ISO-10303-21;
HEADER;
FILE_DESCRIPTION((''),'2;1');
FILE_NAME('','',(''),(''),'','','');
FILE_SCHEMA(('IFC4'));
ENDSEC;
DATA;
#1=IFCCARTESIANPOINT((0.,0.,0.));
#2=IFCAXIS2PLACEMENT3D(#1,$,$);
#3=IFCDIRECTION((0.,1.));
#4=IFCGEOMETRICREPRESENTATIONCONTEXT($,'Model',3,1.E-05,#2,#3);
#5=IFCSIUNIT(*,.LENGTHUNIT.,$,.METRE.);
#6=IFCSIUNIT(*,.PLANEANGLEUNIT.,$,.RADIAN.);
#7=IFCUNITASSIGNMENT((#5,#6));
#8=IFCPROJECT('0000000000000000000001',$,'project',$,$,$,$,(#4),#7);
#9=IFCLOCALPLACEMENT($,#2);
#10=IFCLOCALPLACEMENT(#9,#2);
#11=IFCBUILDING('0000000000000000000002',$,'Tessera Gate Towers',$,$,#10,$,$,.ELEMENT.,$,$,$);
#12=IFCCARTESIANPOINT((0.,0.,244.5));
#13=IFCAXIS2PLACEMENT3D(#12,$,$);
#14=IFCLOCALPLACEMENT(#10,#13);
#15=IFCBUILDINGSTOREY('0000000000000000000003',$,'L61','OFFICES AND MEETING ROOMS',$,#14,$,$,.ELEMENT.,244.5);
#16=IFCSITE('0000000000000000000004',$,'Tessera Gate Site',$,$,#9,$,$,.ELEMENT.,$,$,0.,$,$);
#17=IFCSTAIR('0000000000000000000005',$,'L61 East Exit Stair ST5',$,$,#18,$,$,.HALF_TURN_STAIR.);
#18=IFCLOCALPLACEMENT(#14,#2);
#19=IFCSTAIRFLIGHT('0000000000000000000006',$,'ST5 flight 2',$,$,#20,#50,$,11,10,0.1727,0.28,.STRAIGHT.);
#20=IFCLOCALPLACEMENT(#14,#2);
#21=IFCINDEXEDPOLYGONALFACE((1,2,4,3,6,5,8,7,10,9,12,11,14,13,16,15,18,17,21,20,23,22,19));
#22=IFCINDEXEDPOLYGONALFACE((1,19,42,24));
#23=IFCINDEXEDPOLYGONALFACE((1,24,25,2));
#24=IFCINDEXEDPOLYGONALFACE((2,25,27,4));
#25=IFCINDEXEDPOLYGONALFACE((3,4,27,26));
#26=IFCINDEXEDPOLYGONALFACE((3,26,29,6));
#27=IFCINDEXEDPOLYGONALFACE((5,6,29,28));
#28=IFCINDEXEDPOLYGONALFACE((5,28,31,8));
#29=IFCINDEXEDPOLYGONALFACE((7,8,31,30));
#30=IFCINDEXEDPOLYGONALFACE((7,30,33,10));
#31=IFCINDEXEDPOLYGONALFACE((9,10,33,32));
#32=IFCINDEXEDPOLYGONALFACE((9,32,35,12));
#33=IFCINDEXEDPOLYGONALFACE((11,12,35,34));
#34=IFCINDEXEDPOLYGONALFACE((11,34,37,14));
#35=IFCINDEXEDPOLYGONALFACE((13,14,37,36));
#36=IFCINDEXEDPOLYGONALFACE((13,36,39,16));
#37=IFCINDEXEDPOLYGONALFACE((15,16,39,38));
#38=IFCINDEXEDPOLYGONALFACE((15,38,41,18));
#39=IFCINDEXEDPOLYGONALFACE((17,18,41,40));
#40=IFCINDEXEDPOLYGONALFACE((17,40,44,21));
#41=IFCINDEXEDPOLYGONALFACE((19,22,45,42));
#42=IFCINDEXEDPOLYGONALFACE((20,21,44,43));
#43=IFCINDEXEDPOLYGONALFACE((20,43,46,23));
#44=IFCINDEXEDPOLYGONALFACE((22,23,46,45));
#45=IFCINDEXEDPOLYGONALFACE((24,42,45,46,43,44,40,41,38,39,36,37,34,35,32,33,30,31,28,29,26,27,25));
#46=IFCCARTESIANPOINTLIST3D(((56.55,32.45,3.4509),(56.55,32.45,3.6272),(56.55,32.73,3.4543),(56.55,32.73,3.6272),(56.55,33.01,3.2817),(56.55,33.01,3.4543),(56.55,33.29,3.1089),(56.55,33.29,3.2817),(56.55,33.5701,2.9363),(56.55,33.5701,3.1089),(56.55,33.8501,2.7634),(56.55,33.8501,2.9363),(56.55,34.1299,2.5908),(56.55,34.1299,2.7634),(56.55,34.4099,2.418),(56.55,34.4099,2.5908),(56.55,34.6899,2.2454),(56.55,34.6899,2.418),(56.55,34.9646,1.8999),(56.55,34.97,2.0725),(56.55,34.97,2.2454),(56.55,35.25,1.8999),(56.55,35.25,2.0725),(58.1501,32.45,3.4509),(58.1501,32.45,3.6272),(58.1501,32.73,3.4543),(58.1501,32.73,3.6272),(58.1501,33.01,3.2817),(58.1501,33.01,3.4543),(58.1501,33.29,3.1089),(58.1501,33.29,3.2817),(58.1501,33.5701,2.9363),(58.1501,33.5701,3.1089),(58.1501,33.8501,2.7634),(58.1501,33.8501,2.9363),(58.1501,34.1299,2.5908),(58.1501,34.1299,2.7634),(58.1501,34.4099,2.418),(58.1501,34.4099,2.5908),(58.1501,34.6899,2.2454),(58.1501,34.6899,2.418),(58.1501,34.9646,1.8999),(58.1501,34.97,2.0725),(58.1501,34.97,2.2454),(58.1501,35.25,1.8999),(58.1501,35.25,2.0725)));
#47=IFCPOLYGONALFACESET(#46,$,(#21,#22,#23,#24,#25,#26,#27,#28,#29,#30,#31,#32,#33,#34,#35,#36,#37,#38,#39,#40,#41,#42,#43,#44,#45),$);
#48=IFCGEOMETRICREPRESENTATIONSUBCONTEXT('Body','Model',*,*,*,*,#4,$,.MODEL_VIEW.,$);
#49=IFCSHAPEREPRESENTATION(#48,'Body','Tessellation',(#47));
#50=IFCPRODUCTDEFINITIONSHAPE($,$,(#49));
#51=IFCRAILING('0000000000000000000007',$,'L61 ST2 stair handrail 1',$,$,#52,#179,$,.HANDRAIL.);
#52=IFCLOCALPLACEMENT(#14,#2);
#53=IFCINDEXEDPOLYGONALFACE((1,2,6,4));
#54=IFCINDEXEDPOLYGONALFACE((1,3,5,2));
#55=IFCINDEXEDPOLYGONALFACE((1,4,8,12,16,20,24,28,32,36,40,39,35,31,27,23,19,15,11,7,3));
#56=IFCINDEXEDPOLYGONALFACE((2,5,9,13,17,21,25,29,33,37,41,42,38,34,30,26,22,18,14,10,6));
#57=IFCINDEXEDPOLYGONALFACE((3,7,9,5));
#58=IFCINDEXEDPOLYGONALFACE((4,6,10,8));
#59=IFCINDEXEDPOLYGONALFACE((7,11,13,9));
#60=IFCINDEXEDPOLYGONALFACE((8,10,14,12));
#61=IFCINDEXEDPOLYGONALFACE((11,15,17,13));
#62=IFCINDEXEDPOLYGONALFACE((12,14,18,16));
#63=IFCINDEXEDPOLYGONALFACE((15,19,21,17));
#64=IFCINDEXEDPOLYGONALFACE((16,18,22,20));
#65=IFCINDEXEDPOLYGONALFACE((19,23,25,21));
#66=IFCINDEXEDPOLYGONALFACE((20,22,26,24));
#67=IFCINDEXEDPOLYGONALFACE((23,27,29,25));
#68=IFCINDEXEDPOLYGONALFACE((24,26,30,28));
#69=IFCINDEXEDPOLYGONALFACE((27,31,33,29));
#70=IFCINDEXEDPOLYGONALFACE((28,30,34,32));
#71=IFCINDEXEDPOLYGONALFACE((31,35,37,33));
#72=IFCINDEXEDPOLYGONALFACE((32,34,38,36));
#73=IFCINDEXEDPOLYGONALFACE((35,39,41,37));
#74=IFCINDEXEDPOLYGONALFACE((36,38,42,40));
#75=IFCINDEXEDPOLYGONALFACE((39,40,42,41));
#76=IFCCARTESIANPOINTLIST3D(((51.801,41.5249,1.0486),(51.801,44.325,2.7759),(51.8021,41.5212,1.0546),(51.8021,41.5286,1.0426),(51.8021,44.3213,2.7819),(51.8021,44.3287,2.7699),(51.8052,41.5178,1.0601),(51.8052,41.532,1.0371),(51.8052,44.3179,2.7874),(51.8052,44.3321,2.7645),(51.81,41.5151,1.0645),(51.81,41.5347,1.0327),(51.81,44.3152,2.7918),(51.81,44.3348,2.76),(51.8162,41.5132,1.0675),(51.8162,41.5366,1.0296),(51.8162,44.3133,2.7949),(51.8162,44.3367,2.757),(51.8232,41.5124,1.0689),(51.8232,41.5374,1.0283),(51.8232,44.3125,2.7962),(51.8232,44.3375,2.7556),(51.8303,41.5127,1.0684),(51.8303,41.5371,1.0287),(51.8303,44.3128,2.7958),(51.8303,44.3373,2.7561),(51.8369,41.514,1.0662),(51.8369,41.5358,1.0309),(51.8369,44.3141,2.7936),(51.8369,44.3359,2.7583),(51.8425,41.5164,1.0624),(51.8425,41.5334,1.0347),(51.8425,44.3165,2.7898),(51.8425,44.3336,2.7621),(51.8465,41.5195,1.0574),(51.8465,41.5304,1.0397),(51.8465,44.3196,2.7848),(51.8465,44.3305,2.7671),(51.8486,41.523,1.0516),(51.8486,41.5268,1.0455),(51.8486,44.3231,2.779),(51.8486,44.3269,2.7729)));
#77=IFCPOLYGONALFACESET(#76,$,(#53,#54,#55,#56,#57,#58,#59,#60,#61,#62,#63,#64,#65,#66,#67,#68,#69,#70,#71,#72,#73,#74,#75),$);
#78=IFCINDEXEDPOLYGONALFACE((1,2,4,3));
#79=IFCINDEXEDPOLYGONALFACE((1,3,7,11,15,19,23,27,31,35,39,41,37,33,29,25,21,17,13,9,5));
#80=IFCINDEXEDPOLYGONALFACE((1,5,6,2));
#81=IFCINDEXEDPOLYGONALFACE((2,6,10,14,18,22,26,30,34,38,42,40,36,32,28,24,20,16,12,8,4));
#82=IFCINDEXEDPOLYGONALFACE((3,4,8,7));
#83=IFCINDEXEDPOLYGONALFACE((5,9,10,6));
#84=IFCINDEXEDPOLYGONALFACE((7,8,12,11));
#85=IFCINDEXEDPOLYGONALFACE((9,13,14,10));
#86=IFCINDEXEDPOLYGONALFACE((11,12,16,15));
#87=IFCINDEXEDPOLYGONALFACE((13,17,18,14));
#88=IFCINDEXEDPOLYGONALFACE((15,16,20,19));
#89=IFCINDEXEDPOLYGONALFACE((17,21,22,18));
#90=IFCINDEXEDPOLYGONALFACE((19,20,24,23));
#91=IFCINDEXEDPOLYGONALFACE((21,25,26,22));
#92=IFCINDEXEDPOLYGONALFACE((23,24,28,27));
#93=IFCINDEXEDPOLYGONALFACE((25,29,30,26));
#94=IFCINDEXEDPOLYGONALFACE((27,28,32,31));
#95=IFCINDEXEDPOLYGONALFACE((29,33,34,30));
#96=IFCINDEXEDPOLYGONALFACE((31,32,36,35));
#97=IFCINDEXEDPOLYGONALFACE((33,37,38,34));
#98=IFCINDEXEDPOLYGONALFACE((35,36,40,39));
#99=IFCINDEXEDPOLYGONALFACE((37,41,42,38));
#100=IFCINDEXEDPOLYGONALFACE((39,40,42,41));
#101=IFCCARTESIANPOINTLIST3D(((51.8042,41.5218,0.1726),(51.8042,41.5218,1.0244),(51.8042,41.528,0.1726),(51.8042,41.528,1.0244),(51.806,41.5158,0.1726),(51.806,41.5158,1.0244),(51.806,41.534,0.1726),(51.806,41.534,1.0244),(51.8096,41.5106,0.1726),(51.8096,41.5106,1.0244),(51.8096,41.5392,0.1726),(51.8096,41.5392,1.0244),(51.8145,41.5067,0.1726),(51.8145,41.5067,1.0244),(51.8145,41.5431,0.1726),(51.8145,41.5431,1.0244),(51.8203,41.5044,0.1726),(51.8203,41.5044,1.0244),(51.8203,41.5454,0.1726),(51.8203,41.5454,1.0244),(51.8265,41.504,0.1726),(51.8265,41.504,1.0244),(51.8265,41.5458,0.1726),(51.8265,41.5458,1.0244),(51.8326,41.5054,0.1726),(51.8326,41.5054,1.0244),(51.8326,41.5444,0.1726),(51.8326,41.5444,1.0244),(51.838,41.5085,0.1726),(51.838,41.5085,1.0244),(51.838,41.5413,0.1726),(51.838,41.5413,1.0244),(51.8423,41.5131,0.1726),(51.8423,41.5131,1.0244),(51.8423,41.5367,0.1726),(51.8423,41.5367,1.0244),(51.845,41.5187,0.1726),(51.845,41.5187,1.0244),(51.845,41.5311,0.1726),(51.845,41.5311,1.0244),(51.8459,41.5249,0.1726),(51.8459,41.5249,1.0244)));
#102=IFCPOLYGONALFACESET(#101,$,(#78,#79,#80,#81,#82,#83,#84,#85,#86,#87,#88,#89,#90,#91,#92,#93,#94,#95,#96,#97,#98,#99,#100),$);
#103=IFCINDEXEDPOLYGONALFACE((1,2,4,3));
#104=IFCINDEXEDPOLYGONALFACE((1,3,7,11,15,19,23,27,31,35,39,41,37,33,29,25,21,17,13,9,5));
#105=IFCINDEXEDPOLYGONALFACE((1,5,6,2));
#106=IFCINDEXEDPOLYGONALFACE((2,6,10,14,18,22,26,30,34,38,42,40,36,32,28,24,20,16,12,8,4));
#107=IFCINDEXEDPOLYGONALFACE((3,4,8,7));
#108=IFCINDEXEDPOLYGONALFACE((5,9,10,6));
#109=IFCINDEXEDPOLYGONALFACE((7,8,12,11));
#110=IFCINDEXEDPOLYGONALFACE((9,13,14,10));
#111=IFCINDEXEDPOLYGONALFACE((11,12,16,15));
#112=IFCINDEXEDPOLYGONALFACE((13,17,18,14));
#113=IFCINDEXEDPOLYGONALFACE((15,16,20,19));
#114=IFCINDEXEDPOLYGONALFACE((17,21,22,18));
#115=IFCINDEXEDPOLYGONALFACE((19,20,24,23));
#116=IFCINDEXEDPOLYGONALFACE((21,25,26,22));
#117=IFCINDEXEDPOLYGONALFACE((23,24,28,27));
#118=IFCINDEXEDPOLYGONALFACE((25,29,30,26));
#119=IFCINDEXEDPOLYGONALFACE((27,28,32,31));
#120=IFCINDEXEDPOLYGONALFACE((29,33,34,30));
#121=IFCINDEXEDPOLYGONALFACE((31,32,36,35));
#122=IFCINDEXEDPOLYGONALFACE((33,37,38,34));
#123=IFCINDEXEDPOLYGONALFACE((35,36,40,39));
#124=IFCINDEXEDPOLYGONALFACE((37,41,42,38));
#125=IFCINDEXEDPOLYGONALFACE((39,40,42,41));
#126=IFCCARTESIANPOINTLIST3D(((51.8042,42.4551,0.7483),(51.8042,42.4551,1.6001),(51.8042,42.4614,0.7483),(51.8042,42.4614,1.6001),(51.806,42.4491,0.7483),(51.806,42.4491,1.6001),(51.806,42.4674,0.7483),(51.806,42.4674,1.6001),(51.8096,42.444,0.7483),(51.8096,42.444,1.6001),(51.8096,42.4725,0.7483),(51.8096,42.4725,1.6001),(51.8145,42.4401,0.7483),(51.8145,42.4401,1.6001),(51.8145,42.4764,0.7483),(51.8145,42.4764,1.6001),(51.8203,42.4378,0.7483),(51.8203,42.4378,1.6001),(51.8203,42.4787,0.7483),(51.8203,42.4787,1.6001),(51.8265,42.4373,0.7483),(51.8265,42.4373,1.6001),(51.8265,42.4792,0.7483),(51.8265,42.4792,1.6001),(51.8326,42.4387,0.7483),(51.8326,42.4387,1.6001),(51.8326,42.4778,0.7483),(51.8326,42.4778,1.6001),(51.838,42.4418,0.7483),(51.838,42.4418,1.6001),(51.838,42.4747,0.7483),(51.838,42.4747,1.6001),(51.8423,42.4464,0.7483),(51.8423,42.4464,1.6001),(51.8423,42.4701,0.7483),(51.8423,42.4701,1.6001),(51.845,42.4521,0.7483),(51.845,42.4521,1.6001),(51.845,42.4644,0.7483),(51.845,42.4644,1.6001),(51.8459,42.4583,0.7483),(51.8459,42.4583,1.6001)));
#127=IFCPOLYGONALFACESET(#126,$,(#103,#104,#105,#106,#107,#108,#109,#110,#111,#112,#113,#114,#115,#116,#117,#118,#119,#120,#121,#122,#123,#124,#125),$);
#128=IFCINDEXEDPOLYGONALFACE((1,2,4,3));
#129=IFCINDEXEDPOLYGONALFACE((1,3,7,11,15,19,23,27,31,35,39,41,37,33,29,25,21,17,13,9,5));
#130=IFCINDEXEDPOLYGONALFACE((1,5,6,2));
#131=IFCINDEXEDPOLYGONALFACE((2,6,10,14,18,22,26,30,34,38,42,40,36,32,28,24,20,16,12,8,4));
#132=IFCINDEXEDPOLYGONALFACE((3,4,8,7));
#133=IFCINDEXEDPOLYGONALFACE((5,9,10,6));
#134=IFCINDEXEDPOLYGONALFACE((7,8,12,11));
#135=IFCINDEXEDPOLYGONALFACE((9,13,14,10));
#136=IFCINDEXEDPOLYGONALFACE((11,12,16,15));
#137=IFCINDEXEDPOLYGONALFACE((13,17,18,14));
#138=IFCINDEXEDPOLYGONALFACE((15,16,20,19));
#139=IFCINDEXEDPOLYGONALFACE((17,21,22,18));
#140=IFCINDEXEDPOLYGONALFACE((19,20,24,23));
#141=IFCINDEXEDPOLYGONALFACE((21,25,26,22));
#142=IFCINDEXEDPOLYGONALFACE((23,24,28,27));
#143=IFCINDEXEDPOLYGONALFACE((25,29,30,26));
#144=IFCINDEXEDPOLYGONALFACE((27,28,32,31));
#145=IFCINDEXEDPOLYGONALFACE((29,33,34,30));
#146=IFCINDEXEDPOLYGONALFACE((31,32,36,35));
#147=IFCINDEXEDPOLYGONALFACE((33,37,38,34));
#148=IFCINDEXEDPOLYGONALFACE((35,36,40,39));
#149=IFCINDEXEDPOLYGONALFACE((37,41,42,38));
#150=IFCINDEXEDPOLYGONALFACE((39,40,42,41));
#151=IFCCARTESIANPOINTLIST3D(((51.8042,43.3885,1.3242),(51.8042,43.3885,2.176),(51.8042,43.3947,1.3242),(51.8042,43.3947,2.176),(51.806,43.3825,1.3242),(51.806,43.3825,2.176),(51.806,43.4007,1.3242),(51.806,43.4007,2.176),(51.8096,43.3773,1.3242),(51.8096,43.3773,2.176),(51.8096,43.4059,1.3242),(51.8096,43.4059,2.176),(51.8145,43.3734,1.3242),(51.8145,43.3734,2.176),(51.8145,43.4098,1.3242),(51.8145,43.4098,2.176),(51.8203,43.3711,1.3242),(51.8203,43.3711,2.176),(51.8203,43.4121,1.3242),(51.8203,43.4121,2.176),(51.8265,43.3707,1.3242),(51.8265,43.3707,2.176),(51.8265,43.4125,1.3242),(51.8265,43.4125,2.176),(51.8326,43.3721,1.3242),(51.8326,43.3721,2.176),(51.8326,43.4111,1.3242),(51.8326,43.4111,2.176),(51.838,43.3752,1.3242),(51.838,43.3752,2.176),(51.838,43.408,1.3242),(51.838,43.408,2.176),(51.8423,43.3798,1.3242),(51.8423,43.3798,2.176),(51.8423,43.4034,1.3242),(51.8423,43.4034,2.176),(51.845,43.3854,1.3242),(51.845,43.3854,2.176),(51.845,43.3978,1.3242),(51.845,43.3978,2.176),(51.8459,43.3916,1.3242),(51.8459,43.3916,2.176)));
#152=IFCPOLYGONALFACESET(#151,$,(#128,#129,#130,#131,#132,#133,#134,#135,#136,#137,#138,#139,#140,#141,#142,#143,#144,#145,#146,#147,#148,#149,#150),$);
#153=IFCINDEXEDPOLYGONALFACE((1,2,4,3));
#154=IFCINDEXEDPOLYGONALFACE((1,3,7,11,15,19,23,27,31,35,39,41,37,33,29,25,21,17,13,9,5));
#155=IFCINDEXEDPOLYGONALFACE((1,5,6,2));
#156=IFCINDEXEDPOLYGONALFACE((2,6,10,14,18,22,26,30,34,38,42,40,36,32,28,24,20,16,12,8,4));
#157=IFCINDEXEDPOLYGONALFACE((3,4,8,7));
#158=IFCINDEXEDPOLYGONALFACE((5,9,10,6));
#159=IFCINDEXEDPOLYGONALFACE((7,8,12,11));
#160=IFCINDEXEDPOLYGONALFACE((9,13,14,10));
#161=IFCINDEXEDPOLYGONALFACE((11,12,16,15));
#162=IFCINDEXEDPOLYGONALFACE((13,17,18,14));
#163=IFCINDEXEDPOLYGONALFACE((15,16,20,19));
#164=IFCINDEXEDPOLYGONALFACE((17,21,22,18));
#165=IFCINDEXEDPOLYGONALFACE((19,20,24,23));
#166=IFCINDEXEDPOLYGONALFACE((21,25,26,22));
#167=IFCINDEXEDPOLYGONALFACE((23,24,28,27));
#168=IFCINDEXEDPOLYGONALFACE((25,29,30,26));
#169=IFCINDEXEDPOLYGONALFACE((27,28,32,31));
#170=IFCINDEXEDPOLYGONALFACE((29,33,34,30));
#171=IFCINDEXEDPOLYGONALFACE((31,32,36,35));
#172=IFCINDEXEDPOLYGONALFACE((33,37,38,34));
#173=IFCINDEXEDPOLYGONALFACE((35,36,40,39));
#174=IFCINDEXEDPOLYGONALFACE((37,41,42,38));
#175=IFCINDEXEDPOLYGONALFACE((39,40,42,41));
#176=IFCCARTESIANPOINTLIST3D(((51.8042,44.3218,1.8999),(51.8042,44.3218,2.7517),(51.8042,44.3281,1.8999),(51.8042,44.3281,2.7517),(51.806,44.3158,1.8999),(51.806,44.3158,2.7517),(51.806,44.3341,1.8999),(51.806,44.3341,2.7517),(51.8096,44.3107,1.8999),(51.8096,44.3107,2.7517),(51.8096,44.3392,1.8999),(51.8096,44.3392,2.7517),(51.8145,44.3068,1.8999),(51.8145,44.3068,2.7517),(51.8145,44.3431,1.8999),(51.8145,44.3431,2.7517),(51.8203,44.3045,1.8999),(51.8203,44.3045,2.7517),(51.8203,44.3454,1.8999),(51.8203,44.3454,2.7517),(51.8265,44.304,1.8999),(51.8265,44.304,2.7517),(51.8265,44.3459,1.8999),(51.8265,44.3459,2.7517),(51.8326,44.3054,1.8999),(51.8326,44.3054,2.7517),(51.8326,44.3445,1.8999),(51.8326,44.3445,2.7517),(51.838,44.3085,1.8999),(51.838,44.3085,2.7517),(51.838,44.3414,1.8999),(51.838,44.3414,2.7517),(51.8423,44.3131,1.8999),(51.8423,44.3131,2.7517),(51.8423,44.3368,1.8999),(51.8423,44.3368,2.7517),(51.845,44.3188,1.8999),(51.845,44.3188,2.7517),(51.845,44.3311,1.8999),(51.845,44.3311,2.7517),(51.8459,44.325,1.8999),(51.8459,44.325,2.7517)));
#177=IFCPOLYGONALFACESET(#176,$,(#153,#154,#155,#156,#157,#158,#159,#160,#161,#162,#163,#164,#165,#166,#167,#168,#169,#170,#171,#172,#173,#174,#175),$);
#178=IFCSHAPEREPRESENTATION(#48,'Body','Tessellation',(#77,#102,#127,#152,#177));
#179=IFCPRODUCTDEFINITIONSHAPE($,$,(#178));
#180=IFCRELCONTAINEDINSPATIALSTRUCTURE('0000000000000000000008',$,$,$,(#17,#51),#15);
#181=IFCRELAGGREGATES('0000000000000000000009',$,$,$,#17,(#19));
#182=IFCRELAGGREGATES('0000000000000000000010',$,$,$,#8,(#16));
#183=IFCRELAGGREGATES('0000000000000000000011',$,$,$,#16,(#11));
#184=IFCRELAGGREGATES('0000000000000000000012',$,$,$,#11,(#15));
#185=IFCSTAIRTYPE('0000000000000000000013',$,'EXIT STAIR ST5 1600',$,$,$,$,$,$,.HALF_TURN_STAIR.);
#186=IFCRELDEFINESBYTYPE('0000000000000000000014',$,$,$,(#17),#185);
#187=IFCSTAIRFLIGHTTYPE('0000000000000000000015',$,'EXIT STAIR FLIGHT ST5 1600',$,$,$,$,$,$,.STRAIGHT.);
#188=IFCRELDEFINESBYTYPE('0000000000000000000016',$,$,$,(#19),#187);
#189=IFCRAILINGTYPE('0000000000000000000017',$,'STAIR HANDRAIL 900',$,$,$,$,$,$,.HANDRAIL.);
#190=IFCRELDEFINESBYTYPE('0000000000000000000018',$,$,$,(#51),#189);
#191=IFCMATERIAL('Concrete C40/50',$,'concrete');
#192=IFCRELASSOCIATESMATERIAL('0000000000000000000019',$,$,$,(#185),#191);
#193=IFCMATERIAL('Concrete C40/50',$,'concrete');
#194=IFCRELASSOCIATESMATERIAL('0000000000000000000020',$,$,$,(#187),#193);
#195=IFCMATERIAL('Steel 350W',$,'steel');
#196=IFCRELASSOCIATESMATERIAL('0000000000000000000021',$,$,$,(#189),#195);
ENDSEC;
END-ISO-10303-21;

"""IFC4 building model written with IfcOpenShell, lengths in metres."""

from ifc_helpers import new_model, si_unit, direction, frame, origin, origin_2d, place, context, subcontext, project, spatial, polyline, circle, outline, extrude, material, type_object, element, aggregate, save


model = new_model("IFC4")

# Units and contexts
model_context = context("Model", 3, precision=1e-05, world=origin(), true_north=direction((0.0, 1.0)))
body_context = subcontext(model_context, "Body", "Model", "MODEL_VIEW")
ifc_project = project(units=[si_unit("LENGTHUNIT", "METRE"), si_unit("PLANEANGLEUNIT", "RADIAN")], contexts=[model_context])

# Site, building, storey
site_placement = place(None, origin())
site = spatial("IfcSite", under=ifc_project, at=site_placement, Name="Tessera Gate Site", CompositionType="ELEMENT", RefElevation=0.0)
building_placement = place(site_placement, origin())
building = spatial("IfcBuilding", under=site, at=building_placement, Name="Tessera Gate Towers", CompositionType="ELEMENT")
storey_placement = place(building_placement, frame((0.0, 0.0, 244.5)))
storey = spatial("IfcBuildingStorey", under=building, at=storey_placement, Name="L61", Description="OFFICES AND MEETING ROOMS", CompositionType="ELEMENT", Elevation=244.5)

# Stair, stair flight
ifc_material_1 = material(Name="Concrete C40/50", Category="concrete")
stair_type_1 = type_object("IfcStairType", Name="EXIT STAIR ST5 1600", PredefinedType="HALF_TURN_STAIR", material=ifc_material_1)
stair_1_placement = place(storey_placement, origin())
stair_1 = element("IfcStair", 1, at=stair_1_placement, inside=storey, type_object=stair_type_1, Name="L61 East Exit Stair ST5", PredefinedType="HALF_TURN_STAIR")
ifc_material_2 = material(Name="Concrete C40/50", Category="concrete")
stair_flight_type_1 = type_object("IfcStairFlightType", Name="EXIT STAIR FLIGHT ST5 1600", PredefinedType="STRAIGHT", material=ifc_material_2)
stair_flight_1_placement = place(storey_placement, frame((57.3501, 35.25, 1.8999), z_axis=(0.0, 0.0, 1.0), x_axis=(0.0, -1.0, 0.0)))
stair_flight_1 = element("IfcStairFlight", 2, at=stair_flight_1_placement, type_object=stair_flight_type_1, Name="ST5 flight 2", NumberOfRisers=11, NumberOfTreads=10, PredefinedType="STRAIGHT", RiserHeight=0.1727, TreadLength=0.28, context=body_context, shape_type="SweptSolid", body=[
    extrude(outline(polyline([(0.0, 0.0), (0.0, 0.1726), (0.28, 0.1726), (0.28, 0.3455), (0.5601, 0.3455), (0.5601, 0.5181), (0.8401, 0.5181), (0.8401, 0.6909), (1.1201, 0.6909), (1.1201, 0.8635), (1.3999, 0.8635), (1.3999, 1.0364), (1.6799, 1.0364), (1.6799, 1.209), (1.96, 1.209), (1.96, 1.3818), (2.24, 1.3818), (2.24, 1.5544), (2.52, 1.5544), (2.52, 1.7273), (2.8, 1.7273), (2.8, 1.8999), (2.8, 1.551), (0.2854, 0.0), (0.0, 0.0)])), frame((0.0, 0.8, 0.0), z_axis=(0.0, -1.0, 0.0), x_axis=(1.0, 0.0, 0.0)), (0.0, 0.0, 1.0), 1.6001),
])
aggregate(stair_1, [stair_flight_1])

# Railing
ifc_material_3 = material(Name="Steel 350W", Category="steel")
railing_type_1 = type_object("IfcRailingType", Name="STAIR HANDRAIL 900", PredefinedType="HANDRAIL", material=ifc_material_3)
railing_1_placement = place(storey_placement, frame((51.825, 41.5249, 0.1726)))
element("IfcRailing", 3, at=railing_1_placement, inside=storey, type_object=railing_type_1, Name="L61 ST2 stair handrail 1", PredefinedType="HANDRAIL", context=body_context, shape_type="SweptSolid", body=[
    extrude(circle(Radius=0.0239, at=origin_2d()), frame((0.0, 0.0, 0.876), z_axis=(0.0, 0.85109, 0.52502), x_axis=(-1.0, 0.0, 0.0)), (0.0, 0.0, 1.0), 3.29),
    extrude(circle(Radius=0.021, at=origin_2d()), origin(), (0.0, 0.0, 1.0), 0.8518),
    extrude(circle(Radius=0.021, at=origin_2d()), frame((0.0, 0.9333, 0.5757)), (0.0, 0.0, 1.0), 0.8518),
    extrude(circle(Radius=0.021, at=origin_2d()), frame((0.0, 1.8667, 1.1516)), (0.0, 0.0, 1.0), 0.8518),
    extrude(circle(Radius=0.021, at=origin_2d()), frame((0.0, 2.8, 1.7273)), (0.0, 0.0, 1.0), 0.8518),
])

save(model, "model.ifc")
